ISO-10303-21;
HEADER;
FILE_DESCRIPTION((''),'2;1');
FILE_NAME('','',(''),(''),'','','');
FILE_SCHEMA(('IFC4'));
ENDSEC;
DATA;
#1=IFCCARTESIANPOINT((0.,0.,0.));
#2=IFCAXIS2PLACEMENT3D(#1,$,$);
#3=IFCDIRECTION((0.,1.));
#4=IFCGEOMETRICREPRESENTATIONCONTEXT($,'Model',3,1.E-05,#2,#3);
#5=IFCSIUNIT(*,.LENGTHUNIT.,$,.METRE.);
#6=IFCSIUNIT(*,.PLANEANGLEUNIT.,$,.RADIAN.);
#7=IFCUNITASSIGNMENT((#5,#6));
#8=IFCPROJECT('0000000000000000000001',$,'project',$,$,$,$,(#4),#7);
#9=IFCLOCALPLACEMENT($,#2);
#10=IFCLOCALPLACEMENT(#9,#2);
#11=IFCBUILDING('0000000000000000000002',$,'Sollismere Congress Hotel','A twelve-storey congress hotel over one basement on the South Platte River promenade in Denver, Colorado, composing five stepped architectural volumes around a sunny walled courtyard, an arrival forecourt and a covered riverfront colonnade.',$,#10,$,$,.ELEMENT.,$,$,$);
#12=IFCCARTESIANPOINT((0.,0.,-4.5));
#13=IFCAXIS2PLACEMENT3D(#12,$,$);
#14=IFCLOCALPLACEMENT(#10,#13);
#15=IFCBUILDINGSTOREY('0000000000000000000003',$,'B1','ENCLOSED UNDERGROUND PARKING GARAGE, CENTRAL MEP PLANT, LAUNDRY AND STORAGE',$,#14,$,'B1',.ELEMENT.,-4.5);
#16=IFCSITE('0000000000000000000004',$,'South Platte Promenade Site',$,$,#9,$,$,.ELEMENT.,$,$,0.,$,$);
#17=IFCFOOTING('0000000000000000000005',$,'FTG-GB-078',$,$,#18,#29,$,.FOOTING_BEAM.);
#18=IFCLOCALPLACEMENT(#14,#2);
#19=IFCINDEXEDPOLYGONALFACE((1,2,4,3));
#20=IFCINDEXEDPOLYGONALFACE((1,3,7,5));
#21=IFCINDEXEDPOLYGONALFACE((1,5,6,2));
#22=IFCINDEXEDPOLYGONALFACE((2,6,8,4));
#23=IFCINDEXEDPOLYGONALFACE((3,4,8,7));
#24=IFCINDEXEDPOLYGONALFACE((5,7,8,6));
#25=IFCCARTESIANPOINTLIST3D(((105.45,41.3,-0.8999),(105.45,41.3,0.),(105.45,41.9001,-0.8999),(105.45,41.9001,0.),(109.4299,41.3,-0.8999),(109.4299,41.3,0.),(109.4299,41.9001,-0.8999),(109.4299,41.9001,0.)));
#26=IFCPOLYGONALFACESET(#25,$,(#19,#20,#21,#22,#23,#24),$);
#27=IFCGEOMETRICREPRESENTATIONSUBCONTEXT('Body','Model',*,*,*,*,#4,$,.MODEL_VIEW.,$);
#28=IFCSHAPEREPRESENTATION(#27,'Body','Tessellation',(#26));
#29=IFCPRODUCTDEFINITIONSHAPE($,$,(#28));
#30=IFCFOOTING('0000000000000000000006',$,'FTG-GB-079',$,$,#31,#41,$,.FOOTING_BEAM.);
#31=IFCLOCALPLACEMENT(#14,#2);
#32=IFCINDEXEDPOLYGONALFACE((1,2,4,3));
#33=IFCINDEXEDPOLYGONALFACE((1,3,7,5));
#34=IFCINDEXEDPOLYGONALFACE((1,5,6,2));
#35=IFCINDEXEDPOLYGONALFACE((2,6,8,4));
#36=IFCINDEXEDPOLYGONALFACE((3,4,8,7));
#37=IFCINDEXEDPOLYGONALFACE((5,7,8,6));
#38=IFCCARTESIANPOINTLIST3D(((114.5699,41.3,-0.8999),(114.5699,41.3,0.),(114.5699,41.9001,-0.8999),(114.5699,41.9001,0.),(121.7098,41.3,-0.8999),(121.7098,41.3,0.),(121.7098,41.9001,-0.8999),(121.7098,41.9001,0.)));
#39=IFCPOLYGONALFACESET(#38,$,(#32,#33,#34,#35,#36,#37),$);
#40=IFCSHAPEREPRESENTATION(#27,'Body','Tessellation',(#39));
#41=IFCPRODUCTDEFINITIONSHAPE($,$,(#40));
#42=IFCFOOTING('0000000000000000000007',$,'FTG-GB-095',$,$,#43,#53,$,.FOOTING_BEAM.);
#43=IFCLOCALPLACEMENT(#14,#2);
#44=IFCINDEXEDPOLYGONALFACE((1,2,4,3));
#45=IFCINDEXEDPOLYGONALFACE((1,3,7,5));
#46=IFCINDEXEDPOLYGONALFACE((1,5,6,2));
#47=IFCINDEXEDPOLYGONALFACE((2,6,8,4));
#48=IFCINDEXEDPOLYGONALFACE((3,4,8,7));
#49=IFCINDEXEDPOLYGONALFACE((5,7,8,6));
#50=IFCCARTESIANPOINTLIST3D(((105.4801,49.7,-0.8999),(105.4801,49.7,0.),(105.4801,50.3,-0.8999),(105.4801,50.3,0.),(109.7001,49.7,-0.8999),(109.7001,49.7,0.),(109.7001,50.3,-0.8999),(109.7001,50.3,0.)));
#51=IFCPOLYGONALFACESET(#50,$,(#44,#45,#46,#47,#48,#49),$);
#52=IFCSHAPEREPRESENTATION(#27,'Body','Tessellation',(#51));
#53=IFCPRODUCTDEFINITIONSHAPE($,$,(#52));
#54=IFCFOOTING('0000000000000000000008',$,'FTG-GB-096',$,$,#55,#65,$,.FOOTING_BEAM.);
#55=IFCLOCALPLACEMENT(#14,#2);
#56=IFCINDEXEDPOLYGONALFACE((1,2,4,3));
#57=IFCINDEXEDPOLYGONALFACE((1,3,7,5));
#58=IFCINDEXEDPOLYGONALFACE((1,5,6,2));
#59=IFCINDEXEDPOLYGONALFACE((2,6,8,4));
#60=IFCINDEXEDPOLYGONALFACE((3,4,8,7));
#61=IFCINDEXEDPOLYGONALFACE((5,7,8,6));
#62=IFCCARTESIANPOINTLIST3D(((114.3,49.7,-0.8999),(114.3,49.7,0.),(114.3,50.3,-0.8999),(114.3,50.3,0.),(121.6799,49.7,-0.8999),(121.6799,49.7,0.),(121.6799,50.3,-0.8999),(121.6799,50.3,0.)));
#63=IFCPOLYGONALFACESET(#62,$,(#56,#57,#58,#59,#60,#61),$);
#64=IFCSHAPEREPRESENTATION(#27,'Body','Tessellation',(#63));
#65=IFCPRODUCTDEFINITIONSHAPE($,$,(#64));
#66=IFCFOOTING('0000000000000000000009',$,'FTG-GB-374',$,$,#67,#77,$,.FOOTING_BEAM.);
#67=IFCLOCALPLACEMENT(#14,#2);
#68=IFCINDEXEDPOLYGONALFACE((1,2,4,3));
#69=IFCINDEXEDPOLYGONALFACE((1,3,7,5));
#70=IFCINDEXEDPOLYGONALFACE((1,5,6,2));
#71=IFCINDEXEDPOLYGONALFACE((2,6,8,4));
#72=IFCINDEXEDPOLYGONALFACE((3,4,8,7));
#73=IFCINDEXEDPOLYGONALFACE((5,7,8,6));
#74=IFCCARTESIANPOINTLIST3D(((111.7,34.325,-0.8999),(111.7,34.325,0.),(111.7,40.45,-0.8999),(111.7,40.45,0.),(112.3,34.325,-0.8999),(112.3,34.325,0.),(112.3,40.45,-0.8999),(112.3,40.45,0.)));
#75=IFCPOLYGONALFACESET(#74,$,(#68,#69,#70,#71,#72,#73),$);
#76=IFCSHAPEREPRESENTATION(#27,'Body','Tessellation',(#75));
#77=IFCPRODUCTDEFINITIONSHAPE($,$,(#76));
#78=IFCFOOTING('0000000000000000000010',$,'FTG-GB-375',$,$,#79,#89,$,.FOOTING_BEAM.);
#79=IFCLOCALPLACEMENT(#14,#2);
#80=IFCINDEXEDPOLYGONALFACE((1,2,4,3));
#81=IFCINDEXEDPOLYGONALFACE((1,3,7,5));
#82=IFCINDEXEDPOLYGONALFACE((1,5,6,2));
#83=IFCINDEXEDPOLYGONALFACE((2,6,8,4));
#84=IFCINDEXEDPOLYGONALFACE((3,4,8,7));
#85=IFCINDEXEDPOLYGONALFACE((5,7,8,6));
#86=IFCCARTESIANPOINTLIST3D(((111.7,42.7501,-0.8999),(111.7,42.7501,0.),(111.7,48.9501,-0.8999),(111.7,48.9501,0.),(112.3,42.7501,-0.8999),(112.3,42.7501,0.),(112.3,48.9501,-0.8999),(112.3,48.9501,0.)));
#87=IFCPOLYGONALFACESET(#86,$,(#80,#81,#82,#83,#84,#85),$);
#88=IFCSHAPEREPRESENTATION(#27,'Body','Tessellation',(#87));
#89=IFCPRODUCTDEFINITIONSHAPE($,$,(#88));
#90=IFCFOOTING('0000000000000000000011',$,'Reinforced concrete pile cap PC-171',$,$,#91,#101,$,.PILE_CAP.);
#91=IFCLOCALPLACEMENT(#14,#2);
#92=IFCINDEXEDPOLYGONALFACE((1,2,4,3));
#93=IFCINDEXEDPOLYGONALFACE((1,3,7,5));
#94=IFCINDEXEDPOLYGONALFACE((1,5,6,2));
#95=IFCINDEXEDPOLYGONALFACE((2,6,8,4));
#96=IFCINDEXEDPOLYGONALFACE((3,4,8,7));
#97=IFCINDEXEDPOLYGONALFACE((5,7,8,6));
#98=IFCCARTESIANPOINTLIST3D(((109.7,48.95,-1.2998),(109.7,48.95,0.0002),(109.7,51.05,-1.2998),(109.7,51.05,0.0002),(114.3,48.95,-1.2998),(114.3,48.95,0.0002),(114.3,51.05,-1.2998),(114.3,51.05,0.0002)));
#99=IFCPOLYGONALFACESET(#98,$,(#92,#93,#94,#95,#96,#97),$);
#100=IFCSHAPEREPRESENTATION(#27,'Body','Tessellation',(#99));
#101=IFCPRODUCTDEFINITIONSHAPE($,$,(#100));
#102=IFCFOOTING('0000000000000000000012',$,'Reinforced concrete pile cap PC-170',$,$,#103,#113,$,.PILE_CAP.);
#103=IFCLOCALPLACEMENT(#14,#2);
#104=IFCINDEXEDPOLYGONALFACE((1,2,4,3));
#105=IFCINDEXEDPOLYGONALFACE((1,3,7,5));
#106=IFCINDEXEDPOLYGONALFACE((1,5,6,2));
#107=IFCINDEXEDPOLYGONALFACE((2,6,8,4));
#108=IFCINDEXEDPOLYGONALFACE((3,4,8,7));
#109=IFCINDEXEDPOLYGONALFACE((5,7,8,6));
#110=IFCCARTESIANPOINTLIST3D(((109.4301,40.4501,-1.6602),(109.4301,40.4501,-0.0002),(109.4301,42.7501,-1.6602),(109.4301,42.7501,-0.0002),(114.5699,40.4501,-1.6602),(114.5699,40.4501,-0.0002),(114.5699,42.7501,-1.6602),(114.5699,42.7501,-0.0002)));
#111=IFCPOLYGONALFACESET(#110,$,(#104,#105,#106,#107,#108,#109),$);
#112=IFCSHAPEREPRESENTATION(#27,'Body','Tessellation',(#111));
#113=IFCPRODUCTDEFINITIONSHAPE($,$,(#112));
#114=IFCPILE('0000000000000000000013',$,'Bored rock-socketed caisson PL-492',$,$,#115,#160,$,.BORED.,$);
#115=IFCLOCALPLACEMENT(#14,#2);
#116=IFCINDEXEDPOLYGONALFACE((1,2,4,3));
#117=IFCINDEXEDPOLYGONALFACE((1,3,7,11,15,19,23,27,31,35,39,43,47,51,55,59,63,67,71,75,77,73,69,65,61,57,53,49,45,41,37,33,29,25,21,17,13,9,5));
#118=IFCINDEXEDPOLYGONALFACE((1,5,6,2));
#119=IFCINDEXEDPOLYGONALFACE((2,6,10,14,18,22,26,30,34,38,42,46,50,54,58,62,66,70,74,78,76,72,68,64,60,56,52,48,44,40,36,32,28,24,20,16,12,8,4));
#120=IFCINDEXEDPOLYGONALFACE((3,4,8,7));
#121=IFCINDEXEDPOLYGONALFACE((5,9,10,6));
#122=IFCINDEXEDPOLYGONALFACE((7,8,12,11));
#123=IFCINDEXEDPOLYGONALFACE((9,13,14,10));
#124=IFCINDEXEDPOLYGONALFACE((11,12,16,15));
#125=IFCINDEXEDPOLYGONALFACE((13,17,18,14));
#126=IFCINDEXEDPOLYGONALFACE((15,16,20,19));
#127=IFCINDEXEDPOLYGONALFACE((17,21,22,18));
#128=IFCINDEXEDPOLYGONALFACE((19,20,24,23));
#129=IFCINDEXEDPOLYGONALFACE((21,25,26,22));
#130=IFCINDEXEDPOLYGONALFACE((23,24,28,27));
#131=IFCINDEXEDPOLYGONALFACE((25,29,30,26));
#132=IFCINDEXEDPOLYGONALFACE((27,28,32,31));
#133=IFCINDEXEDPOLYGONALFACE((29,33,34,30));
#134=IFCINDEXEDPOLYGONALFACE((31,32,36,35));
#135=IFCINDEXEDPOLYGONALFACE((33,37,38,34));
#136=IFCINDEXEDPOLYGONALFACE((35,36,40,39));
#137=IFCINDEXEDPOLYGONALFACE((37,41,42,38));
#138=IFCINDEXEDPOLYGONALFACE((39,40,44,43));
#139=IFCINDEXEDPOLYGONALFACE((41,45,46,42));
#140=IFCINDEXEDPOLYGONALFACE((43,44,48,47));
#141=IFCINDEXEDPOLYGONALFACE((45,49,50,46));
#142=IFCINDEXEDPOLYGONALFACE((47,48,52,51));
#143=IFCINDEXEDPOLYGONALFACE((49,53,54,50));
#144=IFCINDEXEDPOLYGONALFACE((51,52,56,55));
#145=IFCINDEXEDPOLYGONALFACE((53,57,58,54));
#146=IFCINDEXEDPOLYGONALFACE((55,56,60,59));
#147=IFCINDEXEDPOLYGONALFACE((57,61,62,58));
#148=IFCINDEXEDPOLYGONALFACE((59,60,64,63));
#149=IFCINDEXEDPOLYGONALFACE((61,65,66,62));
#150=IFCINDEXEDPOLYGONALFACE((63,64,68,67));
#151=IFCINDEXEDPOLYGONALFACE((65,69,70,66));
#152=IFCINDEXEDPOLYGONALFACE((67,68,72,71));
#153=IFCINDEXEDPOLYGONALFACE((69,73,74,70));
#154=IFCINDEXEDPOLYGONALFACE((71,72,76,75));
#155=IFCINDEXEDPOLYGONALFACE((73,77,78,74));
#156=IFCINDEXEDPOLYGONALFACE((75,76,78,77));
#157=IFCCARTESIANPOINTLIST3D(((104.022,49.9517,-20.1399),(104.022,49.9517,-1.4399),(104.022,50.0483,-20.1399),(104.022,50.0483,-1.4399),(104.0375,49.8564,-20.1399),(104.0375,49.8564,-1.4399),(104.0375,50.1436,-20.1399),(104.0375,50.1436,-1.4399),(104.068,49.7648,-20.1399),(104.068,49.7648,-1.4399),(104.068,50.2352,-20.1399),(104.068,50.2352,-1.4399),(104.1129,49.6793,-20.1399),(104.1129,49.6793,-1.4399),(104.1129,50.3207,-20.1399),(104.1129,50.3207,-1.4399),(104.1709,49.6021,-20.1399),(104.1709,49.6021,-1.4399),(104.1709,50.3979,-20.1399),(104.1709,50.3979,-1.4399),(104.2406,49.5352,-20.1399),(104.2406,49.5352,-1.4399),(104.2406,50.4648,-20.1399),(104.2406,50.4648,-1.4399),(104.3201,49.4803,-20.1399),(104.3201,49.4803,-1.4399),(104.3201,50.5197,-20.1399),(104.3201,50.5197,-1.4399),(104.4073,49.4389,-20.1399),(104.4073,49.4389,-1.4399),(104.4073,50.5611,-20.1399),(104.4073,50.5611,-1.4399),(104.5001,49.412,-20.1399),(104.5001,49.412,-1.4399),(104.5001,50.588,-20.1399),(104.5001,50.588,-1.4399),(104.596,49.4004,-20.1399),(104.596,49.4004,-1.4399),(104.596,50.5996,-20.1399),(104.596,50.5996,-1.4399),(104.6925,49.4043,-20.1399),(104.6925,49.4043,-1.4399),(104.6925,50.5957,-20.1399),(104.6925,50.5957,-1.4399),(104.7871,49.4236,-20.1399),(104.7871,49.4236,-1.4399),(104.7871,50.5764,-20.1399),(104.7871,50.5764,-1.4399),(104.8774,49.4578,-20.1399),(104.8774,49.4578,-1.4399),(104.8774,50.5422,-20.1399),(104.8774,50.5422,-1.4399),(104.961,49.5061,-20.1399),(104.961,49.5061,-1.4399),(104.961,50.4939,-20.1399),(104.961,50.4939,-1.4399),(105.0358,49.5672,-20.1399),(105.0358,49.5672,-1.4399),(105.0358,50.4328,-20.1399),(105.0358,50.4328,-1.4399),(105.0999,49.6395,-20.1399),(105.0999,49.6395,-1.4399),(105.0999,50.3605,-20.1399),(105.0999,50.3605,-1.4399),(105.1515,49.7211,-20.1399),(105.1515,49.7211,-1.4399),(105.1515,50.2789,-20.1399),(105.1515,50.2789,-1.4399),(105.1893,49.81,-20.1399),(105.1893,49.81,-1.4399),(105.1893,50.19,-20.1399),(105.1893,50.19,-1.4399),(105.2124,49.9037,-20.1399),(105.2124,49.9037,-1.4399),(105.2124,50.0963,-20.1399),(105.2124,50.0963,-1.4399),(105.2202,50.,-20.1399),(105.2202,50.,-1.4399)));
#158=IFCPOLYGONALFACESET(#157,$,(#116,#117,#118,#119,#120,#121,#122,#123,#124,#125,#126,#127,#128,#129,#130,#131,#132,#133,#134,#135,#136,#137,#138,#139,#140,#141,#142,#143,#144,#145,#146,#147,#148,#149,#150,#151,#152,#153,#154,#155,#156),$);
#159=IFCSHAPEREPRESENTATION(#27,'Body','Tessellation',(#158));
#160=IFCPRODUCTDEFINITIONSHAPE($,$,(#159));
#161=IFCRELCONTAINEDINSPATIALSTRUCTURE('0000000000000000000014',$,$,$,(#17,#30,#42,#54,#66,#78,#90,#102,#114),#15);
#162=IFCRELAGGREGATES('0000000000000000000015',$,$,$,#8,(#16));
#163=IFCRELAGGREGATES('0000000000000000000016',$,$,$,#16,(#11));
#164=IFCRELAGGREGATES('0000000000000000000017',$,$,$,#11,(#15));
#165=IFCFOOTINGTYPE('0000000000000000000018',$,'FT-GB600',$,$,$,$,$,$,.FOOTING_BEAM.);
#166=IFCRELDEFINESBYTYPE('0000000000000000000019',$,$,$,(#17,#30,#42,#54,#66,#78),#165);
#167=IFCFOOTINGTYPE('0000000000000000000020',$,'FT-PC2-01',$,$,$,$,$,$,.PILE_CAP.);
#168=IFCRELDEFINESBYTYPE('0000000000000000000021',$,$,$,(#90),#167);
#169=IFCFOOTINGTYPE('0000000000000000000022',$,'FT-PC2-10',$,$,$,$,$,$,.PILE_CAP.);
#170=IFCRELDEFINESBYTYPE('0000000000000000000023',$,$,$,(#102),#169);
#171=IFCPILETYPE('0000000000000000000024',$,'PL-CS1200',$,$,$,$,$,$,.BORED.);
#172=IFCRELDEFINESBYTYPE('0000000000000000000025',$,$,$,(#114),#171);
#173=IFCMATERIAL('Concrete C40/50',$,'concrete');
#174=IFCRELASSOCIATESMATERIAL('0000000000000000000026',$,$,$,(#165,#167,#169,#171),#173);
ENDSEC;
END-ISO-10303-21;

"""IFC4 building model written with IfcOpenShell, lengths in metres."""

from ifc_helpers import new_model, si_unit, direction, frame, origin, origin_2d, place, context, subcontext, project, spatial, rectangle, circle, extrude, material, material_profile, profile_set, type_object, element, save


model = new_model("IFC4")

# Units and contexts
model_context = context("Model", 3, precision=1e-05, world=origin(), true_north=direction((0.0, 1.0)))
body_context = subcontext(model_context, "Body", "Model", "MODEL_VIEW")
ifc_project = project(units=[si_unit("LENGTHUNIT", "METRE"), si_unit("PLANEANGLEUNIT", "RADIAN")], contexts=[model_context])

# Site, building, storey
site_placement = place(None, origin())
site = spatial("IfcSite", under=ifc_project, at=site_placement, Name="South Platte Promenade Site", CompositionType="ELEMENT", RefElevation=0.0)
building_placement = place(site_placement, origin())
building = spatial("IfcBuilding", under=site, at=building_placement, Name="Sollismere Congress Hotel", Description="A twelve-storey congress hotel over one basement on the South Platte River promenade in Denver, Colorado, composing five stepped architectural volumes around a sunny walled courtyard, an arrival forecourt and a covered riverfront colonnade.", CompositionType="ELEMENT")
storey_placement = place(building_placement, frame((0.0, 0.0, -4.5)))
storey = spatial("IfcBuildingStorey", under=building, at=storey_placement, Name="B1", Description="ENCLOSED UNDERGROUND PARKING GARAGE, CENTRAL MEP PLANT, LAUNDRY AND STORAGE", LongName="B1", CompositionType="ELEMENT", Elevation=-4.5)

# Footings
ifc_material_1 = material(Name="Concrete C40/50", Category="concrete")
footing_type_1 = type_object("IfcFootingType", Name="FT-GB600", PredefinedType="FOOTING_BEAM", material=ifc_material_1)
footing_1_placement = place(storey_placement, frame((107.4399, 41.6001, -0.8999), z_axis=(0.0, 0.0, 1.0), x_axis=(1.0, 0.0, 0.0)))
element("IfcFooting", 1, at=footing_1_placement, inside=storey, type_object=footing_type_1, Name="FTG-GB-078", PredefinedType="FOOTING_BEAM", context=body_context, shape_type="SweptSolid", body=[
    extrude(rectangle(XDim=3.98, YDim=0.6001, at=origin_2d()), origin(), (0.0, 0.0, 1.0), 0.8999),
])
footing_2_placement = place(storey_placement, frame((118.1399, 41.6001, -0.8999), z_axis=(0.0, 0.0, 1.0), x_axis=(1.0, 0.0, 0.0)))
element("IfcFooting", 2, at=footing_2_placement, inside=storey, type_object=footing_type_1, Name="FTG-GB-079", PredefinedType="FOOTING_BEAM", context=body_context, shape_type="SweptSolid", body=[
    extrude(rectangle(XDim=7.1399, YDim=0.6001, at=origin_2d()), origin(), (0.0, 0.0, 1.0), 0.8999),
])
footing_3_placement = place(storey_placement, frame((107.5901, 50.0, -0.8999), z_axis=(0.0, 0.0, 1.0), x_axis=(1.0, 0.0, 0.0)))
element("IfcFooting", 3, at=footing_3_placement, inside=storey, type_object=footing_type_1, Name="FTG-GB-095", PredefinedType="FOOTING_BEAM", context=body_context, shape_type="SweptSolid", body=[
    extrude(rectangle(XDim=4.22, YDim=0.6001, at=origin_2d()), origin(), (0.0, 0.0, 1.0), 0.8999),
])
footing_4_placement = place(storey_placement, frame((117.99, 50.0, -0.8999), z_axis=(0.0, 0.0, 1.0), x_axis=(1.0, 0.0, 0.0)))
element("IfcFooting", 4, at=footing_4_placement, inside=storey, type_object=footing_type_1, Name="FTG-GB-096", PredefinedType="FOOTING_BEAM", context=body_context, shape_type="SweptSolid", body=[
    extrude(rectangle(XDim=7.3799, YDim=0.6001, at=origin_2d()), origin(), (0.0, 0.0, 1.0), 0.8999),
])
footing_5_placement = place(storey_placement, frame((112.0, 37.3875, -0.8999), z_axis=(0.0, 0.0, 1.0), x_axis=(0.0, 1.0, 0.0)))
element("IfcFooting", 5, at=footing_5_placement, inside=storey, type_object=footing_type_1, Name="FTG-GB-374", PredefinedType="FOOTING_BEAM", context=body_context, shape_type="SweptSolid", body=[
    extrude(rectangle(XDim=6.125, YDim=0.6001, at=origin_2d()), origin(), (0.0, 0.0, 1.0), 0.8999),
])
footing_6_placement = place(storey_placement, frame((112.0, 45.8501, -0.8999), z_axis=(0.0, 0.0, 1.0), x_axis=(0.0, 1.0, 0.0)))
element("IfcFooting", 6, at=footing_6_placement, inside=storey, type_object=footing_type_1, Name="FTG-GB-375", PredefinedType="FOOTING_BEAM", context=body_context, shape_type="SweptSolid", body=[
    extrude(rectangle(XDim=6.2, YDim=0.6001, at=origin_2d()), origin(), (0.0, 0.0, 1.0), 0.8999),
])
footing_type_2 = type_object("IfcFootingType", Name="FT-PC2-01", PredefinedType="PILE_CAP", material=ifc_material_1)
footing_7_placement = place(storey_placement, frame((112.0, 50.0, -1.2998), z_axis=(0.0, 0.0, 1.0), x_axis=(1.0, 0.0, 0.0)))
element("IfcFooting", 7, at=footing_7_placement, inside=storey, type_object=footing_type_2, Name="Reinforced concrete pile cap PC-171", PredefinedType="PILE_CAP", context=body_context, shape_type="SweptSolid", body=[
    extrude(rectangle(XDim=4.6001, YDim=2.1001, at=origin_2d()), origin(), (0.0, 0.0, 1.0), 1.3),
])
footing_type_3 = type_object("IfcFootingType", Name="FT-PC2-10", PredefinedType="PILE_CAP", material=ifc_material_1)
footing_8_placement = place(storey_placement, frame((112.0, 41.6001, -1.6602), z_axis=(0.0, 0.0, 1.0), x_axis=(1.0, 0.0, 0.0)))
element("IfcFooting", 8, at=footing_8_placement, inside=storey, type_object=footing_type_3, Name="Reinforced concrete pile cap PC-170", PredefinedType="PILE_CAP", context=body_context, shape_type="SweptSolid", body=[
    extrude(rectangle(XDim=5.1399, YDim=2.3, at=origin_2d()), origin(), (0.0, 0.0, 1.0), 1.6599),
])

# Pile
ifc_material_profile_1 = material_profile(ifc_material_1, circle(Radius=0.6001, at=origin_2d()), Name="CAISSON1200")
ifc_profile_set_1 = profile_set([ifc_material_profile_1], Name="Concrete C40/50")
pile_type = type_object("IfcPileType", Name="PL-CS1200", PredefinedType="BORED", material=ifc_profile_set_1)
pile_placement = place(storey_placement, frame((104.6201, 50.0, -1.4399), z_axis=(0.0, 0.0, -1.0), x_axis=(1.0, 0.0, 0.0)))
element("IfcPile", 9, at=pile_placement, inside=storey, type_object=pile_type, Name="Bored rock-socketed caisson PL-492", PredefinedType="BORED", context=body_context, shape_type="SweptSolid", body=[
    extrude(circle(Radius=0.6001, at=origin_2d()), origin(), (0.0, 0.0, 1.0), 18.7),
])

save(model, "model.ifc")
